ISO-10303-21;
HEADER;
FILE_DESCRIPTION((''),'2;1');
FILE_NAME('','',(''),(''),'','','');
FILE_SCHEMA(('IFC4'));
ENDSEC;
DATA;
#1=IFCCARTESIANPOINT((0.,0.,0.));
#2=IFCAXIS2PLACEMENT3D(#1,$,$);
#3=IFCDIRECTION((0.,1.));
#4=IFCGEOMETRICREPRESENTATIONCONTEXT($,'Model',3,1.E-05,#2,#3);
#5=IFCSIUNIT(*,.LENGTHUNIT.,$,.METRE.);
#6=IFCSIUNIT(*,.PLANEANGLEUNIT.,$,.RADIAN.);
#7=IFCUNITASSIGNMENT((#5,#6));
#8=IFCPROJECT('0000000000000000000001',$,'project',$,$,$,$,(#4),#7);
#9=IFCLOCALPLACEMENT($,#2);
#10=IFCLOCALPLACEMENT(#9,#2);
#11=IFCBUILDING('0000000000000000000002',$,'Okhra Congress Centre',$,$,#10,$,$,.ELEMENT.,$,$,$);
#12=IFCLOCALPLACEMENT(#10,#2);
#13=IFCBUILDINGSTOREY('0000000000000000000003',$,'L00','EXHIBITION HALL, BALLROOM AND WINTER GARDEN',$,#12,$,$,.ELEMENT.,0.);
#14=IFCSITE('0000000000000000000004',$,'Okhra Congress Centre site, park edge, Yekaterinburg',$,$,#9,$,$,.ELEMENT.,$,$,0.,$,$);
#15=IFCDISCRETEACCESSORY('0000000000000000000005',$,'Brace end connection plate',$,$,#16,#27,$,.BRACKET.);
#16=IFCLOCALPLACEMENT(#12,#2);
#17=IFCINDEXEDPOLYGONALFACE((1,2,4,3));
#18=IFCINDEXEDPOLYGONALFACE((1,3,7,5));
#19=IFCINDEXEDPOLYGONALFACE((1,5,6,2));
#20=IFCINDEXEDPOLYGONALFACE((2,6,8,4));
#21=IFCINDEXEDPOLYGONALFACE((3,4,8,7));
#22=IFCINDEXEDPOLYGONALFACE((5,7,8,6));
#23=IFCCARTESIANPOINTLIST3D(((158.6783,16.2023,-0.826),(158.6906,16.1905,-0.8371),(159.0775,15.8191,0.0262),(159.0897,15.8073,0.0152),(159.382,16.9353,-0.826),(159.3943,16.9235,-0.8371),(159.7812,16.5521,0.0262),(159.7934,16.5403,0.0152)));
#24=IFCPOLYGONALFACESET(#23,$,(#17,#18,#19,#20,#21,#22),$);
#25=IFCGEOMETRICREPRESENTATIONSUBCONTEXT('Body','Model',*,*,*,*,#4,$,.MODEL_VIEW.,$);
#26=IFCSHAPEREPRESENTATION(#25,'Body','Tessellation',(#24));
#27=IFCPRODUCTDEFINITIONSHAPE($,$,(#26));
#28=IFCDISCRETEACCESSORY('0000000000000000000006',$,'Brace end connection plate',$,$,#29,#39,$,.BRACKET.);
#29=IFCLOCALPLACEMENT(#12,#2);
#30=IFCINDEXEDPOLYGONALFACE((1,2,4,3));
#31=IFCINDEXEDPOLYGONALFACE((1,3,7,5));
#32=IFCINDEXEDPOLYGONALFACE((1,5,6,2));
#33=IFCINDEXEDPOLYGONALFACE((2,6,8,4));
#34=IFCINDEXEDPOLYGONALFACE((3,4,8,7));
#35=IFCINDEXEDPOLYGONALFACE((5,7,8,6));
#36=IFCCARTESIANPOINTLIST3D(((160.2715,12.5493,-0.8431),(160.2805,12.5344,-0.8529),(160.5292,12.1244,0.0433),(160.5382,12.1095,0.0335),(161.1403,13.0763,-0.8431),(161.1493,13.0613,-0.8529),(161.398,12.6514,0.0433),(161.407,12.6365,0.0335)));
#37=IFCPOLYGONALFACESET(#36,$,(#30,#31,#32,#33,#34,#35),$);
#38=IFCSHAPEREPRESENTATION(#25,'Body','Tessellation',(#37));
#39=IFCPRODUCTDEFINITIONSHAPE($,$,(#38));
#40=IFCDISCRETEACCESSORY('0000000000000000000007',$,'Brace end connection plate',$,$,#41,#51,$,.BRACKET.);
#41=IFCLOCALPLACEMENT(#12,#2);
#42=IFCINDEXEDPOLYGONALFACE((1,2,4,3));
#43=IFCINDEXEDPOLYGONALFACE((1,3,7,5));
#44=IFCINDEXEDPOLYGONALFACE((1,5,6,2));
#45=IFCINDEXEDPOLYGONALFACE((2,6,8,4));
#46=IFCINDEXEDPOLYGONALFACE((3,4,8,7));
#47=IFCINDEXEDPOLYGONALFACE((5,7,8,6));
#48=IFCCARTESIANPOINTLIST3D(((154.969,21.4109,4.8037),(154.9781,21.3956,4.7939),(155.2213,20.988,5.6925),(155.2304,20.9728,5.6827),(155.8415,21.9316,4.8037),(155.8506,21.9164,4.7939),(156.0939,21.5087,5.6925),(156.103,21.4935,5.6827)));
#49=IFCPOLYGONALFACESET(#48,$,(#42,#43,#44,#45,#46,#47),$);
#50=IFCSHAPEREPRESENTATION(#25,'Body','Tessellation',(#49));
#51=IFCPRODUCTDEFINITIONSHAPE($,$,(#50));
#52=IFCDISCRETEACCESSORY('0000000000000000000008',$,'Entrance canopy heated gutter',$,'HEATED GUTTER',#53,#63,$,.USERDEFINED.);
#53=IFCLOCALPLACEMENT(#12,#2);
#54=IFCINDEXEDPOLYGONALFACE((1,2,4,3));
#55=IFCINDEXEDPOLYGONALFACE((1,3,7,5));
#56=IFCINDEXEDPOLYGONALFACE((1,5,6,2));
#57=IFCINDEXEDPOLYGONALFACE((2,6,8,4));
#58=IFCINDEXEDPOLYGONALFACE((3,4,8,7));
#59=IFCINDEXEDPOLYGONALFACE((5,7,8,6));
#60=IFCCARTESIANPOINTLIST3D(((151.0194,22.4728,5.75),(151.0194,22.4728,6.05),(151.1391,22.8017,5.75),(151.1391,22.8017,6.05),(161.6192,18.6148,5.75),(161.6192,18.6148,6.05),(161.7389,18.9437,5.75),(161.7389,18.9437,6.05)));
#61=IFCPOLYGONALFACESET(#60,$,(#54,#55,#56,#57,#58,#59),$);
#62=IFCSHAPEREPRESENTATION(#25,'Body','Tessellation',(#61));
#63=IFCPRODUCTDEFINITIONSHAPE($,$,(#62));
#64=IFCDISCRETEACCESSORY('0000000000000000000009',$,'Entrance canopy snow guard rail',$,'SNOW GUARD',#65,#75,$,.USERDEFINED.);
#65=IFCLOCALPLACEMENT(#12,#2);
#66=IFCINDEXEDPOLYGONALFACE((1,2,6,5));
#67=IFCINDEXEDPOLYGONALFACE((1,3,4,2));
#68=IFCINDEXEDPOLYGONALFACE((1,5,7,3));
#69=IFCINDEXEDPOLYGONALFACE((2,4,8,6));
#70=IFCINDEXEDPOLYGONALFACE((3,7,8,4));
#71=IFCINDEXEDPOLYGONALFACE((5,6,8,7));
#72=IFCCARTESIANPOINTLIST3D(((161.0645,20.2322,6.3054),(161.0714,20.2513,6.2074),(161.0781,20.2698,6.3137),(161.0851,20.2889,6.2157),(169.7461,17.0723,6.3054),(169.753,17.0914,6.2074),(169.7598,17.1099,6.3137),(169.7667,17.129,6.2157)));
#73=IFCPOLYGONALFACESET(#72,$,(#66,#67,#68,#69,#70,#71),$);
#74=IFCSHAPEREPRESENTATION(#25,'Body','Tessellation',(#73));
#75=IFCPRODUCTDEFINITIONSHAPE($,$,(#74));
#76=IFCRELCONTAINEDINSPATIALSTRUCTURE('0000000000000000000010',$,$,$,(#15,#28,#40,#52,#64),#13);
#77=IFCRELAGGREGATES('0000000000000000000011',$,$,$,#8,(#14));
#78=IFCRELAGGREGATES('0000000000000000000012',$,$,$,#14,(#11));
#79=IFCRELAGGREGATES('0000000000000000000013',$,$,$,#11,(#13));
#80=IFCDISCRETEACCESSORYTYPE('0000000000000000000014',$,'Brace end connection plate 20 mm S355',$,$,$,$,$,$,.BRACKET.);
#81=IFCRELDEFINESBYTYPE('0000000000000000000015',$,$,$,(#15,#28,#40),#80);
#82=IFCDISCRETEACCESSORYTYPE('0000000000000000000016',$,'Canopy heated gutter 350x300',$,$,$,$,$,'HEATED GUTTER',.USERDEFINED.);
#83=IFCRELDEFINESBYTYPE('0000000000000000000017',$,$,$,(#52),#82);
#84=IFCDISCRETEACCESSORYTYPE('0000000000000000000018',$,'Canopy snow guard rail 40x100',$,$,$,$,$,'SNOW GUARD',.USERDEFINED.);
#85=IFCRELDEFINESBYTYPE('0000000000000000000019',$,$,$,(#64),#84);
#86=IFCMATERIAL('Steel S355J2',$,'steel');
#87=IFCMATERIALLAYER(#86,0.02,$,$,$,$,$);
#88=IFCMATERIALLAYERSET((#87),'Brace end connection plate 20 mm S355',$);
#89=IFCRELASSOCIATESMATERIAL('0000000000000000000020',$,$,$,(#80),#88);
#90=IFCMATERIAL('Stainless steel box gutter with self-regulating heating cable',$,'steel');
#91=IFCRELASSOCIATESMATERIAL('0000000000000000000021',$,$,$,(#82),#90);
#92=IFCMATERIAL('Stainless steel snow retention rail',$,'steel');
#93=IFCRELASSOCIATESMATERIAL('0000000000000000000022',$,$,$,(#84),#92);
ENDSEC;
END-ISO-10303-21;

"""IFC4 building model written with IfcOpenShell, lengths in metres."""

from ifc_helpers import new_model, si_unit, direction, frame, origin, origin_2d, place, context, subcontext, project, spatial, polyline, rectangle, outline, extrude, material, layer, layer_set, type_object, element, save


model = new_model("IFC4")

# Units and contexts
model_context = context("Model", 3, precision=1e-05, world=origin(), true_north=direction((0.0, 1.0)))
body_context = subcontext(model_context, "Body", "Model", "MODEL_VIEW")
ifc_project = project(units=[si_unit("LENGTHUNIT", "METRE"), si_unit("PLANEANGLEUNIT", "RADIAN")], contexts=[model_context])

# Site, building, storey
site_placement = place(None, origin())
site = spatial("IfcSite", under=ifc_project, at=site_placement, Name="Okhra Congress Centre site, park edge, Yekaterinburg", CompositionType="ELEMENT", RefElevation=0.0)
building_placement = place(site_placement, origin())
building = spatial("IfcBuilding", under=site, at=building_placement, Name="Okhra Congress Centre", CompositionType="ELEMENT")
storey_placement = place(building_placement, origin())
storey = spatial("IfcBuildingStorey", under=building, at=storey_placement, Name="L00", Description="EXHIBITION HALL, BALLROOM AND WINTER GARDEN", CompositionType="ELEMENT", Elevation=0.0)

# Discrete accessories
ifc_material_1 = material(Name="Steel S355J2", Category="steel")
ifc_layer = layer(ifc_material_1, 0.02)
ifc_layer_set = layer_set([ifc_layer], Name="Brace end connection plate 20 mm S355")
discrete_accessory_type_1 = type_object("IfcDiscreteAccessoryType", Name="Brace end connection plate 20 mm S355", PredefinedType="BRACKET", material=ifc_layer_set)
discrete_accessory_1_placement = place(storey_placement, frame((159.2297, 16.3772, -0.3999), z_axis=(0.60505, -0.580848, -0.544545), x_axis=(0.692532, 0.721387, 0.0)))
element("IfcDiscreteAccessory", 1, at=discrete_accessory_1_placement, inside=storey, type_object=discrete_accessory_type_1, Name="Brace end connection plate", PredefinedType="BRACKET", context=body_context, shape_type="SweptSolid", body=[
    extrude(rectangle(XDim=1.0161, YDim=1.0161, at=origin_2d()), origin(), (0.0, 0.0, 1.0), 0.0203),
])
discrete_accessory_2_placement = place(storey_placement, frame((160.8347, 12.6003, -0.3999), z_axis=(0.452365, -0.74579, -0.489043), x_axis=(0.85501, 0.518612, 0.0)))
element("IfcDiscreteAccessory", 2, at=discrete_accessory_2_placement, inside=storey, type_object=discrete_accessory_type_1, Name="Brace end connection plate", PredefinedType="BRACKET", context=body_context, shape_type="SweptSolid", body=[
    extrude(rectangle(XDim=1.0161, YDim=1.0161, at=origin_2d()), origin(), (0.0, 0.0, 1.0), 0.02),
])
discrete_accessory_3_placement = place(storey_placement, frame((155.5405, 21.4446, 5.2383), z_axis=(-0.448263, 0.751143, 0.484608), x_axis=(-0.858713, -0.512458, 0.0)))
element("IfcDiscreteAccessory", 3, at=discrete_accessory_3_placement, inside=storey, type_object=discrete_accessory_type_1, Name="Brace end connection plate", PredefinedType="BRACKET", context=body_context, shape_type="SweptSolid", body=[
    extrude(rectangle(XDim=1.0161, YDim=1.0161, at=origin_2d()), origin(), (0.0, 0.0, 1.0), 0.0203),
])
ifc_material_2 = material(Name="Stainless steel box gutter with self-regulating heating cable", Category="steel")
discrete_accessory_type_2 = type_object("IfcDiscreteAccessoryType", Name="Canopy heated gutter 350x300", ElementType="HEATED GUTTER", PredefinedType="USERDEFINED", material=ifc_material_2)
discrete_accessory_4_placement = place(storey_placement, frame((156.3792, 20.7083, 5.75), z_axis=(0.0, 0.0, 1.0), x_axis=(0.939693, -0.34202, 0.0)))
element("IfcDiscreteAccessory", 4, at=discrete_accessory_4_placement, inside=storey, type_object=discrete_accessory_type_2, Name="Entrance canopy heated gutter", ObjectType="HEATED GUTTER", PredefinedType="USERDEFINED", context=body_context, shape_type="SweptSolid", body=[
    extrude(rectangle(XDim=11.28, YDim=0.3501, at=origin_2d()), origin(), (0.0, 0.0, 1.0), 0.3),
])
ifc_material_3 = material(Name="Stainless steel snow retention rail", Category="steel")
discrete_accessory_type_3 = type_object("IfcDiscreteAccessoryType", Name="Canopy snow guard rail 40x100", ElementType="SNOW GUARD", PredefinedType="USERDEFINED", material=ifc_material_3)
discrete_accessory_5_placement = place(storey_placement, frame((161.0645, 20.2322, 6.3054), z_axis=(-0.069486, -0.190907, 0.979146), x_axis=(0.939691, -0.342025, 0.0)))
element("IfcDiscreteAccessory", 5, at=discrete_accessory_5_placement, inside=storey, type_object=discrete_accessory_type_3, Name="Entrance canopy snow guard rail", ObjectType="SNOW GUARD", PredefinedType="USERDEFINED", context=body_context, shape_type="SweptSolid", body=[
    extrude(outline(polyline([(0.0, 0.0), (9.2388, 0.0), (9.2388, 0.0409), (0.0, 0.0409), (0.0, 0.0)])), origin(), (0.0, 0.0, -1.0), 0.1001),
])

save(model, "model.ifc")
